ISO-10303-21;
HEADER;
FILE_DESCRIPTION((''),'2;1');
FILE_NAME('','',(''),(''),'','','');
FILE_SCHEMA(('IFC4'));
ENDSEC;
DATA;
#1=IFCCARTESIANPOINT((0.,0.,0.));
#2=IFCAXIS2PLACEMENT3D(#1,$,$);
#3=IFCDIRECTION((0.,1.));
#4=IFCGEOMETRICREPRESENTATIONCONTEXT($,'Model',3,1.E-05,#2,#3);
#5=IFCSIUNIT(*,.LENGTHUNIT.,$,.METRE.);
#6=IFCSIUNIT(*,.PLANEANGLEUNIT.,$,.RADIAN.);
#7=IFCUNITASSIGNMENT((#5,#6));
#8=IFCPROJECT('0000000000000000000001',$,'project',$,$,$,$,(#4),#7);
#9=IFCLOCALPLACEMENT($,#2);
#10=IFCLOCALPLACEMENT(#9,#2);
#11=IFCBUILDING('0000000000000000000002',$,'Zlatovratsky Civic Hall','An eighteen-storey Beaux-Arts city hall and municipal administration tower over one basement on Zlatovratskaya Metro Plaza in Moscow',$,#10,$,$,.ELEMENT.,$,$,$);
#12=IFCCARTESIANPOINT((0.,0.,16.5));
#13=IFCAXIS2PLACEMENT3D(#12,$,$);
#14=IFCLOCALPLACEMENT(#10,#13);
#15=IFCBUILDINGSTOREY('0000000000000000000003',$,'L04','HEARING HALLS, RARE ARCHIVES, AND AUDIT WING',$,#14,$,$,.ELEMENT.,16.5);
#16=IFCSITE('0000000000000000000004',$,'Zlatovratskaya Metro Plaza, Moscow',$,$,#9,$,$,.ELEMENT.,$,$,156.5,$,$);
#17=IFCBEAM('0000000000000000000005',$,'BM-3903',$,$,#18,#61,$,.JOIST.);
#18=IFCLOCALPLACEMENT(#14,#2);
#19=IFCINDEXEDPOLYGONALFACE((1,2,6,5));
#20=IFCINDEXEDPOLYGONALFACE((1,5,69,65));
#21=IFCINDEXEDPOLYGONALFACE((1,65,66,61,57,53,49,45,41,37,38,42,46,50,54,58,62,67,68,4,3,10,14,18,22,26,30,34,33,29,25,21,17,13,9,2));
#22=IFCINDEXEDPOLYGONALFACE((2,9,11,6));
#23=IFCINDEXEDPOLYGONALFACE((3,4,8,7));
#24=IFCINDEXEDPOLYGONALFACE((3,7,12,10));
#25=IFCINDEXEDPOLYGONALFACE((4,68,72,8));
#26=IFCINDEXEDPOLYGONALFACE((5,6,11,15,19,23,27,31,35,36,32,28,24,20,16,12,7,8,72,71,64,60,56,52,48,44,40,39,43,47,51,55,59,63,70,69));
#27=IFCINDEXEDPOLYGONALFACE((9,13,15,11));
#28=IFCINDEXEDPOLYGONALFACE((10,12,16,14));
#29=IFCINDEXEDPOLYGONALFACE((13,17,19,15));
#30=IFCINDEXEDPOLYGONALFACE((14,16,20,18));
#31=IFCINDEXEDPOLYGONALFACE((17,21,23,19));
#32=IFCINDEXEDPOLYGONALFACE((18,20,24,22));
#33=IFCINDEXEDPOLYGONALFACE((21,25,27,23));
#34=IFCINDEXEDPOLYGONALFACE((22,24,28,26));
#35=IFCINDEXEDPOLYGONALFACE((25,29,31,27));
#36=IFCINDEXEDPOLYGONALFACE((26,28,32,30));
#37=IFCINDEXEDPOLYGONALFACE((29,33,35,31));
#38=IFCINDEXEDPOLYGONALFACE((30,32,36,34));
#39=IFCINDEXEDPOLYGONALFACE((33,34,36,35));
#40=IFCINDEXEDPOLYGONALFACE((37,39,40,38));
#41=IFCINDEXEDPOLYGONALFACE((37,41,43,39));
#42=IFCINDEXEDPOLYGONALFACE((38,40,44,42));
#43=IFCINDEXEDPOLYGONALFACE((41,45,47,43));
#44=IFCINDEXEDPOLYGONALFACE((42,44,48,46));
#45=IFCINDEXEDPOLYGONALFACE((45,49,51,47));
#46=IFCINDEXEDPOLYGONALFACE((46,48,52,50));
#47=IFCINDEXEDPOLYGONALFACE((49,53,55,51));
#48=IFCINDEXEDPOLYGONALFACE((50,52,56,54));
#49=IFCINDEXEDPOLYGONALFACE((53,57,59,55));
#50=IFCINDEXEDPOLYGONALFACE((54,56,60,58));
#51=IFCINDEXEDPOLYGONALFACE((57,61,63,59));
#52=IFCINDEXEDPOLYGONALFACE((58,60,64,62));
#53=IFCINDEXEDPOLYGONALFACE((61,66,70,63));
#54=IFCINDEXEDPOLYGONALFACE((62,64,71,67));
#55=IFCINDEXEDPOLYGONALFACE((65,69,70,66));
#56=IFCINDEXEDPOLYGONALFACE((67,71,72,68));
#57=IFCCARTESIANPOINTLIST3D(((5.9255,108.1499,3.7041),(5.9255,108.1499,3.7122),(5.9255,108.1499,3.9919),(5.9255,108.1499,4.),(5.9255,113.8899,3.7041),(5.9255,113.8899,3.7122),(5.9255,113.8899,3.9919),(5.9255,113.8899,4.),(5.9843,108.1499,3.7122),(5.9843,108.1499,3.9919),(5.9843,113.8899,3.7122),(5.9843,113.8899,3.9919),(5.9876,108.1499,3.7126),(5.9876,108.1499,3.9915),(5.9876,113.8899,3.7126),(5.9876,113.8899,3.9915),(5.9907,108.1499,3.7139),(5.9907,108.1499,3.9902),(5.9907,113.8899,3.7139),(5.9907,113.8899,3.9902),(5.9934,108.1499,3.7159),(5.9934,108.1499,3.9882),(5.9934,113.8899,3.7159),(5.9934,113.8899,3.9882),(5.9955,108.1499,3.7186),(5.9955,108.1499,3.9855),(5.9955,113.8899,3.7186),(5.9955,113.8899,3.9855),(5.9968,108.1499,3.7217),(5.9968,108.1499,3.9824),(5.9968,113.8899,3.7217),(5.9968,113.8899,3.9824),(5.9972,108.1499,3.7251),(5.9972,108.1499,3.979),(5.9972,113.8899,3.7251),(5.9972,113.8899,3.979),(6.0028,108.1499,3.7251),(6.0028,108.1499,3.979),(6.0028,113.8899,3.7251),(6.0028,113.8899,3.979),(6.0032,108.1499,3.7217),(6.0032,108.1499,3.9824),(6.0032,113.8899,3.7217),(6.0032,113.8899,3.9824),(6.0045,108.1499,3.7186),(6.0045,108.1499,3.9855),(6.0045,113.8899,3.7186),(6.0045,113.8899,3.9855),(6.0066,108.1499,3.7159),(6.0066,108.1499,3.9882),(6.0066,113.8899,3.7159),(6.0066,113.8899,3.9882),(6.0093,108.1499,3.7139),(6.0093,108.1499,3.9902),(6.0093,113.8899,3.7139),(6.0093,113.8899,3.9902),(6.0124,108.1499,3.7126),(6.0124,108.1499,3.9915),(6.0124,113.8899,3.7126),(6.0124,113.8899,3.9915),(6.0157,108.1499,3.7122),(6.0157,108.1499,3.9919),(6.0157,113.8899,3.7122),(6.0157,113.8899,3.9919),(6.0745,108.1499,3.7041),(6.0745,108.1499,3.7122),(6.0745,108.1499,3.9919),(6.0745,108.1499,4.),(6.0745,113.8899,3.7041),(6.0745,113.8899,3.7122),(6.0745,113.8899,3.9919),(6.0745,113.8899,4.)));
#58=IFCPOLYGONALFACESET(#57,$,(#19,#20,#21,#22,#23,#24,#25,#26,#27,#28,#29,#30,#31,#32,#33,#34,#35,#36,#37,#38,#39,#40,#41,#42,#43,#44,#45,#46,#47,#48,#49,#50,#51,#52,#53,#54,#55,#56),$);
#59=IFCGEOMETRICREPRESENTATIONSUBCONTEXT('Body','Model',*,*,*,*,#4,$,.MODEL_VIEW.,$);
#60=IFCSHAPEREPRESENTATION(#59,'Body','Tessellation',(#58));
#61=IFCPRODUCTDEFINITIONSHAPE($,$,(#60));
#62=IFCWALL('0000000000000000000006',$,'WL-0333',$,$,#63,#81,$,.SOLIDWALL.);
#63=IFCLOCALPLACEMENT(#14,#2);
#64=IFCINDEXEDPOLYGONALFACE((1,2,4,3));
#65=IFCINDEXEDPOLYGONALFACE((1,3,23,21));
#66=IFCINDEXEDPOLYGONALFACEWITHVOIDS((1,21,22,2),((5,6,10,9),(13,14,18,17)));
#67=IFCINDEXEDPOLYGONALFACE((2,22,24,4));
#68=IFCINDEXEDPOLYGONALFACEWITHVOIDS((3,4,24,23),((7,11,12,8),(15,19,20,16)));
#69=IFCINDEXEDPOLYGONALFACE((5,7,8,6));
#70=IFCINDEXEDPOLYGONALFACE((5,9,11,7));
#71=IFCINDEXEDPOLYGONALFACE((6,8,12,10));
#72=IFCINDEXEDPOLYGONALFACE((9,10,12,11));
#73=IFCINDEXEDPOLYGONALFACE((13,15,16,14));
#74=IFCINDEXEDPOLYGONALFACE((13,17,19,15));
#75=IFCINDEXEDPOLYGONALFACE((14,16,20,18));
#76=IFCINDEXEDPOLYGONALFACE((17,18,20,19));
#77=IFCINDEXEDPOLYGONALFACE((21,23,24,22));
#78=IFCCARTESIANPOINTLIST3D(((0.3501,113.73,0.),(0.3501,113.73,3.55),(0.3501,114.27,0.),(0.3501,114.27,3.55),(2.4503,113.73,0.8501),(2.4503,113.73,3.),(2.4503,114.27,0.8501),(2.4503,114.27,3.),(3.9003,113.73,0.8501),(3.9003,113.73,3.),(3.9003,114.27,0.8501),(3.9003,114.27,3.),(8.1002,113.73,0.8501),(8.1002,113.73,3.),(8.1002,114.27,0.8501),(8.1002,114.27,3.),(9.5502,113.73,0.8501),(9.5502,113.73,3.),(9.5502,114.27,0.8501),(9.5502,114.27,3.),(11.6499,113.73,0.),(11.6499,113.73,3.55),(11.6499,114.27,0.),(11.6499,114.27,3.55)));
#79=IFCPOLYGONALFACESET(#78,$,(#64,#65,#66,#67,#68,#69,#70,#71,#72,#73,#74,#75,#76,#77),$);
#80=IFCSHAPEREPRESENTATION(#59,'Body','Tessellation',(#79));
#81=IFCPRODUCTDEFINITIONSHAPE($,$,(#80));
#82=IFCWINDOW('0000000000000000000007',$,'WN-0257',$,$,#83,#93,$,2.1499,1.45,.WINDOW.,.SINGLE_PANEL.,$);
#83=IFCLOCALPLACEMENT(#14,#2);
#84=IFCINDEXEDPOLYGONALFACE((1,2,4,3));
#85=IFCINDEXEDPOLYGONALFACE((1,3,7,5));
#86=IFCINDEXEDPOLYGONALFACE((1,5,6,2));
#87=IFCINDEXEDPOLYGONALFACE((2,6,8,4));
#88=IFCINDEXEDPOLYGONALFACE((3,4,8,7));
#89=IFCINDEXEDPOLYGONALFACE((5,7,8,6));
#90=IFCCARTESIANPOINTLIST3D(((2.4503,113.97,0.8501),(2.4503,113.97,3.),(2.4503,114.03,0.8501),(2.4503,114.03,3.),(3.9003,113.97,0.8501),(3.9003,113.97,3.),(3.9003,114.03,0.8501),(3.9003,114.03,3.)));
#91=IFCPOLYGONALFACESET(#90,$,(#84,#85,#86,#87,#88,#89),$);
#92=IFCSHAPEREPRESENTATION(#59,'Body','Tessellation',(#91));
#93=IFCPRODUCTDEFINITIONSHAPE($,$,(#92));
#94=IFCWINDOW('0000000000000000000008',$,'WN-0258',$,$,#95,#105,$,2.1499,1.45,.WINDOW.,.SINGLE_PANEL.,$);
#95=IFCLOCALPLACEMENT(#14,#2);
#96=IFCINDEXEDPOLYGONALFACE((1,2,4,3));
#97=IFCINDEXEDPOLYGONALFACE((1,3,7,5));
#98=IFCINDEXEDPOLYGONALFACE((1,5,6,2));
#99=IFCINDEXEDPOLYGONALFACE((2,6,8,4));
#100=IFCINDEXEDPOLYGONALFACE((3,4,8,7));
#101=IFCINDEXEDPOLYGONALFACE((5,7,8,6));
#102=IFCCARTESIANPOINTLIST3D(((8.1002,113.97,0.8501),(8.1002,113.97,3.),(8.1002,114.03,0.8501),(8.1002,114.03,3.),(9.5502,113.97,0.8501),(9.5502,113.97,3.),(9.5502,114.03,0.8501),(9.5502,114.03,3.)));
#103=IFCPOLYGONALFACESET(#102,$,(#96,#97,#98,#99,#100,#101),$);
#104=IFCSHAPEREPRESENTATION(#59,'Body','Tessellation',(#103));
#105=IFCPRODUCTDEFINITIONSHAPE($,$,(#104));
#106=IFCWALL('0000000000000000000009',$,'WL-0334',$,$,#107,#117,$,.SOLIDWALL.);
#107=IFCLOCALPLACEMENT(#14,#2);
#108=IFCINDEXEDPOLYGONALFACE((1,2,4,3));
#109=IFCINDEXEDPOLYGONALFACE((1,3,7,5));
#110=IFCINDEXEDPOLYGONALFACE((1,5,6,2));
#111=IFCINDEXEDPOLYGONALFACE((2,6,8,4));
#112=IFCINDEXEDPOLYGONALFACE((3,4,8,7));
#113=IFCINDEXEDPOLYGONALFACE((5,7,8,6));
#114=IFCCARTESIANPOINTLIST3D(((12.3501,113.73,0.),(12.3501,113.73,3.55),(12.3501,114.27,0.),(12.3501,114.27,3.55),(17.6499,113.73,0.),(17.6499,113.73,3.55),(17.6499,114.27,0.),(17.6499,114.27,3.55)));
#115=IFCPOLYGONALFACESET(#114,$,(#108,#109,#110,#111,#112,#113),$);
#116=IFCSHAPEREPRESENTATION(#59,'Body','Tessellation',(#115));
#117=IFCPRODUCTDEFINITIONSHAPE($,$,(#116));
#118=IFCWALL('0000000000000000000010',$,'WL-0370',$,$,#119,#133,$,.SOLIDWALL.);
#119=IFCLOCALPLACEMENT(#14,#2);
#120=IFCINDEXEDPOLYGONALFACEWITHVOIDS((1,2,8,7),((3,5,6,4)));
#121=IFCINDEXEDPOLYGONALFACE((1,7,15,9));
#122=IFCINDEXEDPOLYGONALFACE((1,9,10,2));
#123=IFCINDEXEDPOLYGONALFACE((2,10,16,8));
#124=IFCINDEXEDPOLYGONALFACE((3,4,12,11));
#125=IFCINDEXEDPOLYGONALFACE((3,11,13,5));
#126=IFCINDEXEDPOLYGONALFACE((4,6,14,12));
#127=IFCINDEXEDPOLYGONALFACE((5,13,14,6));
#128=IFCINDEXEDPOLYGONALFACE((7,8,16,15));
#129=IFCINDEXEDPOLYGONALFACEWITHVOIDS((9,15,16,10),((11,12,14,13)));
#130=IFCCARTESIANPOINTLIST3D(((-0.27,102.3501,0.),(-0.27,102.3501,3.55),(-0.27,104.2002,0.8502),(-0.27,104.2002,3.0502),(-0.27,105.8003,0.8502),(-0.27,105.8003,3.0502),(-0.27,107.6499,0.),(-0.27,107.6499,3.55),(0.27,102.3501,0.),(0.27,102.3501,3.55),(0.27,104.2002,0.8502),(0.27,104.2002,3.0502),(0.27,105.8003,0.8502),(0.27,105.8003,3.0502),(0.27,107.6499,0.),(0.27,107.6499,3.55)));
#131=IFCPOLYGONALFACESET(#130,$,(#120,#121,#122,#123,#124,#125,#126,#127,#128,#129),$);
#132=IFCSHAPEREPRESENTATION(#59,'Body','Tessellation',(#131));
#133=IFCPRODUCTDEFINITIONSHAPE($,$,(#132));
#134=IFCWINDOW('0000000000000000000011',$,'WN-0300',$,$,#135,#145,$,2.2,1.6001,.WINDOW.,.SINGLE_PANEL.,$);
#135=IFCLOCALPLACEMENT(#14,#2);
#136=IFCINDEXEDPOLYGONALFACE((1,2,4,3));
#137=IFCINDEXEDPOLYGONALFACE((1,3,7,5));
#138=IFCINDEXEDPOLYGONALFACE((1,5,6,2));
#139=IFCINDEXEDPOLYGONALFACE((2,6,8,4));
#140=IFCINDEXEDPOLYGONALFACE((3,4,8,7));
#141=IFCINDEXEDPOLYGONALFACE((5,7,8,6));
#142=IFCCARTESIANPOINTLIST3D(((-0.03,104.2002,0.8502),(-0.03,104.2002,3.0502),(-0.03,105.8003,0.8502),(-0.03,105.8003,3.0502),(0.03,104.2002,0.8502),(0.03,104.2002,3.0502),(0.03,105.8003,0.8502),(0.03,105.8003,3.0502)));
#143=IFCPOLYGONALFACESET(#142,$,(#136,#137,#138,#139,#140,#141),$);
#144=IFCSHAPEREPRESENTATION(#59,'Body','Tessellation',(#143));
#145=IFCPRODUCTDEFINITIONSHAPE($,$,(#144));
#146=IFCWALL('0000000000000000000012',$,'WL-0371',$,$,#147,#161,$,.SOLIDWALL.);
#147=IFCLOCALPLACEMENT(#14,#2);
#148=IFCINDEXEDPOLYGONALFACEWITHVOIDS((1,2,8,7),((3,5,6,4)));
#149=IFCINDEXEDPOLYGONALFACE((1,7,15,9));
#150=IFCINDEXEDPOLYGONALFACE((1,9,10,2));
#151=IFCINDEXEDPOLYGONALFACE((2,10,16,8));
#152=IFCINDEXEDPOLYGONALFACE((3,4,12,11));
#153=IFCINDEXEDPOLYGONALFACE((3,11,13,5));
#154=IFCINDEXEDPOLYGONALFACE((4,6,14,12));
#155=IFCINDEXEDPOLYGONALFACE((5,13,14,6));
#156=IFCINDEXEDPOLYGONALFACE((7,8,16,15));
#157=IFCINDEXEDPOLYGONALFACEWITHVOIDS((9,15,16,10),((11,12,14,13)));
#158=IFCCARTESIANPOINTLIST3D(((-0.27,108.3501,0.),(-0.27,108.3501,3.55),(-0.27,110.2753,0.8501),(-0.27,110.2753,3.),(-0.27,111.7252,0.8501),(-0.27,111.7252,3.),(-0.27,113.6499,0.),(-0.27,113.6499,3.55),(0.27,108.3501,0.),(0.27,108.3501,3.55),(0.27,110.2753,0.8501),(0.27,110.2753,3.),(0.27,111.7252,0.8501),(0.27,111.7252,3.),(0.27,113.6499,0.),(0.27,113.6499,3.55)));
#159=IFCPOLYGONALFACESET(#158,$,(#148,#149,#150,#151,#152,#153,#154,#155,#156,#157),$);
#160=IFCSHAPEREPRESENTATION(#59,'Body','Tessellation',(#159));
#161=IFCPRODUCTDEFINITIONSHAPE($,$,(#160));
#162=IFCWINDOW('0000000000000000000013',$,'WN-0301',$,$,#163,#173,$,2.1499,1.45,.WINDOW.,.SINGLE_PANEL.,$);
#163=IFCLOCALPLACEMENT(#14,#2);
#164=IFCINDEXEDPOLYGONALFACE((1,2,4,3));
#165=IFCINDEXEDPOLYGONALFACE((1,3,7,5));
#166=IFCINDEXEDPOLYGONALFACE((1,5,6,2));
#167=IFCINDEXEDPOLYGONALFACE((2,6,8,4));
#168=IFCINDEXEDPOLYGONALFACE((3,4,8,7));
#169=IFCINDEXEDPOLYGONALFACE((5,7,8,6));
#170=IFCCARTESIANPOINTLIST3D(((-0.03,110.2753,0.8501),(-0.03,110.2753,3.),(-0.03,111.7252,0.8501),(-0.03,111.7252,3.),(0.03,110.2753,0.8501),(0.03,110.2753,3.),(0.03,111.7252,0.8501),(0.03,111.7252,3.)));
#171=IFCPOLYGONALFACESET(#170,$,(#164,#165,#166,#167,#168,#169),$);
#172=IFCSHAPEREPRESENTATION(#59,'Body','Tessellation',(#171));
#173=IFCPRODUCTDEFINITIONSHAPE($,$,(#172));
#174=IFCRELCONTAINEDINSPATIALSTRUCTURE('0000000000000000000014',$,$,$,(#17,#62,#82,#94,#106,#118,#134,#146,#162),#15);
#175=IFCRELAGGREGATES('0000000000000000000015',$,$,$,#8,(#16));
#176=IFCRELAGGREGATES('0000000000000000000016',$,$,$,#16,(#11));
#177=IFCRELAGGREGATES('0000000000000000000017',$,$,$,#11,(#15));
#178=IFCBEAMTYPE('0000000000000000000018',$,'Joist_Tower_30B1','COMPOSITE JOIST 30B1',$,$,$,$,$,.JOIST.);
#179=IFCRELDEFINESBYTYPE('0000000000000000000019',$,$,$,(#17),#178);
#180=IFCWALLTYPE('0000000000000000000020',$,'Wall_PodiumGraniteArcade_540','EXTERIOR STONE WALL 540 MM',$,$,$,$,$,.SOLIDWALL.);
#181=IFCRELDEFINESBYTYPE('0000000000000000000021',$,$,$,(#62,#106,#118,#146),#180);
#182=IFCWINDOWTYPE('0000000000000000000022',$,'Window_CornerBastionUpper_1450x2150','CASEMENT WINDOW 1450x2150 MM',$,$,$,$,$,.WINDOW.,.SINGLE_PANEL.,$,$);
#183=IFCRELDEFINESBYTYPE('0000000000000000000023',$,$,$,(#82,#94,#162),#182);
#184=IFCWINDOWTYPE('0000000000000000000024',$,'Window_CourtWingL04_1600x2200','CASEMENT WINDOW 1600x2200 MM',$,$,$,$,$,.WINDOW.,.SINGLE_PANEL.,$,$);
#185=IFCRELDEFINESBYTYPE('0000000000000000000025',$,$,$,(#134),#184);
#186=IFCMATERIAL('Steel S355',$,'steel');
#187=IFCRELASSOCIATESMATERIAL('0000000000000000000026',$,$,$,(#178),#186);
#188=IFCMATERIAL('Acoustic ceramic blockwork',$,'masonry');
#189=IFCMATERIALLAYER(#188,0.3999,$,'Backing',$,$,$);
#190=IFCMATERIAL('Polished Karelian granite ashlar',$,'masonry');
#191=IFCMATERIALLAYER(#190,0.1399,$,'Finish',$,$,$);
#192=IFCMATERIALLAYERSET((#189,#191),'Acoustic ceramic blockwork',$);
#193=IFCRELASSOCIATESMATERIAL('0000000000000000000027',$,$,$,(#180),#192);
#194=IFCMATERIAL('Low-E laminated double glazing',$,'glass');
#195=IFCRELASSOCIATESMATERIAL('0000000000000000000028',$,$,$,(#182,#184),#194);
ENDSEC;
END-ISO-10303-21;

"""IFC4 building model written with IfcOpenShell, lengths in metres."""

from ifc_helpers import new_model, si_unit, direction, frame, frame_2d, origin, origin_2d, place, context, subcontext, project, spatial, rectangle, i_section, extrude, material, layer, layer_set, material_profile, profile_set, type_object, element, fill, save


model = new_model("IFC4")

# Units and contexts
model_context = context("Model", 3, precision=1e-05, world=origin(), true_north=direction((0.0, 1.0)))
body_context = subcontext(model_context, "Body", "Model", "MODEL_VIEW")
ifc_project = project(units=[si_unit("LENGTHUNIT", "METRE"), si_unit("PLANEANGLEUNIT", "RADIAN")], contexts=[model_context])

# Site, building, storey
site_placement = place(None, origin())
site = spatial("IfcSite", under=ifc_project, at=site_placement, Name="Zlatovratskaya Metro Plaza, Moscow", CompositionType="ELEMENT", RefElevation=156.5)
building_placement = place(site_placement, origin())
building = spatial("IfcBuilding", under=site, at=building_placement, Name="Zlatovratsky Civic Hall", Description="An eighteen-storey Beaux-Arts city hall and municipal administration tower over one basement on Zlatovratskaya Metro Plaza in Moscow", CompositionType="ELEMENT")
storey_placement = place(building_placement, frame((0.0, 0.0, 16.5)))
storey = spatial("IfcBuildingStorey", under=building, at=storey_placement, Name="L04", Description="HEARING HALLS, RARE ARCHIVES, AND AUDIT WING", CompositionType="ELEMENT", Elevation=16.5)

# Shared definitions
ifc_material_1 = material(Name="Steel S355", Category="steel")

# Beam
ifc_material_profile_1 = material_profile(ifc_material_1, i_section(OverallWidth=0.1489, OverallDepth=0.2959, WebThickness=0.0056, FlangeThickness=0.0081, FilletRadius=0.0129, at=origin_2d()), Name="30B1")
ifc_profile_set_1 = profile_set([ifc_material_profile_1], Name="Steel S355")
beam_type_1 = type_object("IfcBeamType", Name="Joist_Tower_30B1", Description="COMPOSITE JOIST 30B1", PredefinedType="JOIST", material=ifc_profile_set_1)
beam_1_placement = place(storey_placement, frame((6.0, 108.1499, 3.8521), z_axis=(0.0, 1.0, 0.0), x_axis=(-1.0, 0.0, 0.0)))
element("IfcBeam", 1, at=beam_1_placement, inside=storey, type_object=beam_type_1, Name="BM-3903", PredefinedType="JOIST", context=body_context, shape_type="SweptSolid", body=[
    extrude(i_section(OverallWidth=0.1489, OverallDepth=0.2959, WebThickness=0.0056, FlangeThickness=0.0081, FilletRadius=0.0129, at=origin_2d()), origin(), (0.0, 0.0, 1.0), 5.74),
])

# Wall, openings, windows
ifc_material_2 = material(Name="Acoustic ceramic blockwork", Category="masonry")
ifc_layer_1 = layer(ifc_material_2, 0.3999, Name="Backing")
ifc_material_3 = material(Name="Polished Karelian granite ashlar", Category="masonry")
ifc_layer_2 = layer(ifc_material_3, 0.1399, Name="Finish")
ifc_layer_set_1 = layer_set([ifc_layer_1, ifc_layer_2], Name="Acoustic ceramic blockwork")
wall_type_1 = type_object("IfcWallType", Name="Wall_PodiumGraniteArcade_540", Description="EXTERIOR STONE WALL 540 MM", PredefinedType="SOLIDWALL", material=ifc_layer_set_1)
wall_1_placement = place(storey_placement, frame((0.3501, 114.0, 0.0), z_axis=(0.0, 0.0, 1.0), x_axis=(1.0, 0.0, 0.0)))
wall_1 = element("IfcWall", 2, at=wall_1_placement, inside=storey, type_object=wall_type_1, Name="WL-0333", PredefinedType="SOLIDWALL", context=body_context, shape_type="SweptSolid", body=[
    extrude(rectangle(XDim=11.2998, YDim=0.54, at=frame_2d((5.6499, 0.0))), origin(), (0.0, 0.0, 1.0), 3.55),
])
opening_1_placement = place(wall_1_placement, frame((2.1001, 0.0, 0.8501)))
opening_1 = element("IfcOpeningElement", 3, at=opening_1_placement, cuts=wall_1, PredefinedType="OPENING", context=body_context, shape_type="SweptSolid", body=[
    extrude(rectangle(XDim=1.45, YDim=2.1499, at=frame_2d((0.7251, 1.075))), frame((0.0, 0.2849, 0.0), z_axis=(0.0, -1.0, 0.0), x_axis=(1.0, 0.0, 0.0)), (0.0, 0.0, 1.0), 0.5698),
])
opening_2_placement = place(wall_1_placement, frame((7.75, 0.0, 0.8501)))
opening_2 = element("IfcOpeningElement", 4, at=opening_2_placement, cuts=wall_1, PredefinedType="OPENING", context=body_context, shape_type="SweptSolid", body=[
    extrude(rectangle(XDim=1.45, YDim=2.1499, at=frame_2d((0.7251, 1.075))), frame((0.0, 0.2849, 0.0), z_axis=(0.0, -1.0, 0.0), x_axis=(1.0, 0.0, 0.0)), (0.0, 0.0, 1.0), 0.5698),
])
ifc_material_4 = material(Name="Low-E laminated double glazing", Category="glass")
window_type_1 = type_object("IfcWindowType", Name="Window_CornerBastionUpper_1450x2150", Description="CASEMENT WINDOW 1450x2150 MM", PartitioningType="SINGLE_PANEL", PredefinedType="WINDOW", material=ifc_material_4)
window_1_placement = place(opening_1_placement, origin())
window_1 = element("IfcWindow", 5, at=window_1_placement, inside=storey, type_object=window_type_1, Name="WN-0257", OverallHeight=2.1499, OverallWidth=1.45, PartitioningType="SINGLE_PANEL", PredefinedType="WINDOW", context=body_context, shape_type="SweptSolid", body=[
    extrude(rectangle(XDim=1.45, YDim=2.1499, at=frame_2d((0.7251, 1.075))), frame((0.0, 0.03, 0.0), z_axis=(0.0, -1.0, 0.0), x_axis=(1.0, 0.0, 0.0)), (0.0, 0.0, 1.0), 0.0601),
])
fill(opening_1, window_1)
window_2_placement = place(opening_2_placement, origin())
window_2 = element("IfcWindow", 6, at=window_2_placement, inside=storey, type_object=window_type_1, Name="WN-0258", OverallHeight=2.1499, OverallWidth=1.45, PartitioningType="SINGLE_PANEL", PredefinedType="WINDOW", context=body_context, shape_type="SweptSolid", body=[
    extrude(rectangle(XDim=1.45, YDim=2.1499, at=frame_2d((0.7251, 1.075))), frame((0.0, 0.03, 0.0), z_axis=(0.0, -1.0, 0.0), x_axis=(1.0, 0.0, 0.0)), (0.0, 0.0, 1.0), 0.0601),
])
fill(opening_2, window_2)

# Wall
wall_2_placement = place(storey_placement, frame((12.3501, 114.0, 0.0), z_axis=(0.0, 0.0, 1.0), x_axis=(1.0, 0.0, 0.0)))
element("IfcWall", 7, at=wall_2_placement, inside=storey, type_object=wall_type_1, Name="WL-0334", PredefinedType="SOLIDWALL", context=body_context, shape_type="SweptSolid", body=[
    extrude(rectangle(XDim=5.2998, YDim=0.54, at=frame_2d((2.6499, 0.0))), origin(), (0.0, 0.0, 1.0), 3.55),
])

# Walls, openings, windows
wall_3_placement = place(storey_placement, frame((0.0, 102.3501, 0.0), z_axis=(0.0, 0.0, 1.0), x_axis=(0.0, 1.0, 0.0)))
wall_3 = element("IfcWall", 8, at=wall_3_placement, inside=storey, type_object=wall_type_1, Name="WL-0370", PredefinedType="SOLIDWALL", context=body_context, shape_type="SweptSolid", body=[
    extrude(rectangle(XDim=5.2998, YDim=0.54, at=frame_2d((2.6499, 0.0))), origin(), (0.0, 0.0, 1.0), 3.55),
])
opening_3_placement = place(wall_3_placement, frame((1.8501, 0.0, 0.8501)))
opening_3 = element("IfcOpeningElement", 9, at=opening_3_placement, cuts=wall_3, PredefinedType="OPENING", context=body_context, shape_type="SweptSolid", body=[
    extrude(rectangle(XDim=1.6001, YDim=2.2, at=frame_2d((0.8, 1.1001))), frame((0.0, 0.2849, 0.0), z_axis=(0.0, -1.0, 0.0), x_axis=(1.0, 0.0, 0.0)), (0.0, 0.0, 1.0), 0.5698),
])
window_type_2 = type_object("IfcWindowType", Name="Window_CourtWingL04_1600x2200", Description="CASEMENT WINDOW 1600x2200 MM", PartitioningType="SINGLE_PANEL", PredefinedType="WINDOW", material=ifc_material_4)
window_3_placement = place(opening_3_placement, origin())
window_3 = element("IfcWindow", 10, at=window_3_placement, inside=storey, type_object=window_type_2, Name="WN-0300", OverallHeight=2.2, OverallWidth=1.6001, PartitioningType="SINGLE_PANEL", PredefinedType="WINDOW", context=body_context, shape_type="SweptSolid", body=[
    extrude(rectangle(XDim=1.6001, YDim=2.2, at=frame_2d((0.8, 1.1001))), frame((0.0, 0.03, 0.0), z_axis=(0.0, -1.0, 0.0), x_axis=(1.0, 0.0, 0.0)), (0.0, 0.0, 1.0), 0.0601),
])
fill(opening_3, window_3)
wall_4_placement = place(storey_placement, frame((0.0, 108.3501, 0.0), z_axis=(0.0, 0.0, 1.0), x_axis=(0.0, 1.0, 0.0)))
wall_4 = element("IfcWall", 11, at=wall_4_placement, inside=storey, type_object=wall_type_1, Name="WL-0371", PredefinedType="SOLIDWALL", context=body_context, shape_type="SweptSolid", body=[
    extrude(rectangle(XDim=5.2998, YDim=0.54, at=frame_2d((2.6499, 0.0))), origin(), (0.0, 0.0, 1.0), 3.55),
])
opening_4_placement = place(wall_4_placement, frame((1.925, 0.0, 0.8501)))
opening_4 = element("IfcOpeningElement", 12, at=opening_4_placement, cuts=wall_4, PredefinedType="OPENING", context=body_context, shape_type="SweptSolid", body=[
    extrude(rectangle(XDim=1.45, YDim=2.1499, at=frame_2d((0.7251, 1.075))), frame((0.0, 0.2849, 0.0), z_axis=(0.0, -1.0, 0.0), x_axis=(1.0, 0.0, 0.0)), (0.0, 0.0, 1.0), 0.5698),
])
window_4_placement = place(opening_4_placement, origin())
window_4 = element("IfcWindow", 13, at=window_4_placement, inside=storey, type_object=window_type_1, Name="WN-0301", OverallHeight=2.1499, OverallWidth=1.45, PartitioningType="SINGLE_PANEL", PredefinedType="WINDOW", context=body_context, shape_type="SweptSolid", body=[
    extrude(rectangle(XDim=1.45, YDim=2.1499, at=frame_2d((0.7251, 1.075))), frame((0.0, 0.03, 0.0), z_axis=(0.0, -1.0, 0.0), x_axis=(1.0, 0.0, 0.0)), (0.0, 0.0, 1.0), 0.0601),
])
fill(opening_4, window_4)

save(model, "model.ifc")
